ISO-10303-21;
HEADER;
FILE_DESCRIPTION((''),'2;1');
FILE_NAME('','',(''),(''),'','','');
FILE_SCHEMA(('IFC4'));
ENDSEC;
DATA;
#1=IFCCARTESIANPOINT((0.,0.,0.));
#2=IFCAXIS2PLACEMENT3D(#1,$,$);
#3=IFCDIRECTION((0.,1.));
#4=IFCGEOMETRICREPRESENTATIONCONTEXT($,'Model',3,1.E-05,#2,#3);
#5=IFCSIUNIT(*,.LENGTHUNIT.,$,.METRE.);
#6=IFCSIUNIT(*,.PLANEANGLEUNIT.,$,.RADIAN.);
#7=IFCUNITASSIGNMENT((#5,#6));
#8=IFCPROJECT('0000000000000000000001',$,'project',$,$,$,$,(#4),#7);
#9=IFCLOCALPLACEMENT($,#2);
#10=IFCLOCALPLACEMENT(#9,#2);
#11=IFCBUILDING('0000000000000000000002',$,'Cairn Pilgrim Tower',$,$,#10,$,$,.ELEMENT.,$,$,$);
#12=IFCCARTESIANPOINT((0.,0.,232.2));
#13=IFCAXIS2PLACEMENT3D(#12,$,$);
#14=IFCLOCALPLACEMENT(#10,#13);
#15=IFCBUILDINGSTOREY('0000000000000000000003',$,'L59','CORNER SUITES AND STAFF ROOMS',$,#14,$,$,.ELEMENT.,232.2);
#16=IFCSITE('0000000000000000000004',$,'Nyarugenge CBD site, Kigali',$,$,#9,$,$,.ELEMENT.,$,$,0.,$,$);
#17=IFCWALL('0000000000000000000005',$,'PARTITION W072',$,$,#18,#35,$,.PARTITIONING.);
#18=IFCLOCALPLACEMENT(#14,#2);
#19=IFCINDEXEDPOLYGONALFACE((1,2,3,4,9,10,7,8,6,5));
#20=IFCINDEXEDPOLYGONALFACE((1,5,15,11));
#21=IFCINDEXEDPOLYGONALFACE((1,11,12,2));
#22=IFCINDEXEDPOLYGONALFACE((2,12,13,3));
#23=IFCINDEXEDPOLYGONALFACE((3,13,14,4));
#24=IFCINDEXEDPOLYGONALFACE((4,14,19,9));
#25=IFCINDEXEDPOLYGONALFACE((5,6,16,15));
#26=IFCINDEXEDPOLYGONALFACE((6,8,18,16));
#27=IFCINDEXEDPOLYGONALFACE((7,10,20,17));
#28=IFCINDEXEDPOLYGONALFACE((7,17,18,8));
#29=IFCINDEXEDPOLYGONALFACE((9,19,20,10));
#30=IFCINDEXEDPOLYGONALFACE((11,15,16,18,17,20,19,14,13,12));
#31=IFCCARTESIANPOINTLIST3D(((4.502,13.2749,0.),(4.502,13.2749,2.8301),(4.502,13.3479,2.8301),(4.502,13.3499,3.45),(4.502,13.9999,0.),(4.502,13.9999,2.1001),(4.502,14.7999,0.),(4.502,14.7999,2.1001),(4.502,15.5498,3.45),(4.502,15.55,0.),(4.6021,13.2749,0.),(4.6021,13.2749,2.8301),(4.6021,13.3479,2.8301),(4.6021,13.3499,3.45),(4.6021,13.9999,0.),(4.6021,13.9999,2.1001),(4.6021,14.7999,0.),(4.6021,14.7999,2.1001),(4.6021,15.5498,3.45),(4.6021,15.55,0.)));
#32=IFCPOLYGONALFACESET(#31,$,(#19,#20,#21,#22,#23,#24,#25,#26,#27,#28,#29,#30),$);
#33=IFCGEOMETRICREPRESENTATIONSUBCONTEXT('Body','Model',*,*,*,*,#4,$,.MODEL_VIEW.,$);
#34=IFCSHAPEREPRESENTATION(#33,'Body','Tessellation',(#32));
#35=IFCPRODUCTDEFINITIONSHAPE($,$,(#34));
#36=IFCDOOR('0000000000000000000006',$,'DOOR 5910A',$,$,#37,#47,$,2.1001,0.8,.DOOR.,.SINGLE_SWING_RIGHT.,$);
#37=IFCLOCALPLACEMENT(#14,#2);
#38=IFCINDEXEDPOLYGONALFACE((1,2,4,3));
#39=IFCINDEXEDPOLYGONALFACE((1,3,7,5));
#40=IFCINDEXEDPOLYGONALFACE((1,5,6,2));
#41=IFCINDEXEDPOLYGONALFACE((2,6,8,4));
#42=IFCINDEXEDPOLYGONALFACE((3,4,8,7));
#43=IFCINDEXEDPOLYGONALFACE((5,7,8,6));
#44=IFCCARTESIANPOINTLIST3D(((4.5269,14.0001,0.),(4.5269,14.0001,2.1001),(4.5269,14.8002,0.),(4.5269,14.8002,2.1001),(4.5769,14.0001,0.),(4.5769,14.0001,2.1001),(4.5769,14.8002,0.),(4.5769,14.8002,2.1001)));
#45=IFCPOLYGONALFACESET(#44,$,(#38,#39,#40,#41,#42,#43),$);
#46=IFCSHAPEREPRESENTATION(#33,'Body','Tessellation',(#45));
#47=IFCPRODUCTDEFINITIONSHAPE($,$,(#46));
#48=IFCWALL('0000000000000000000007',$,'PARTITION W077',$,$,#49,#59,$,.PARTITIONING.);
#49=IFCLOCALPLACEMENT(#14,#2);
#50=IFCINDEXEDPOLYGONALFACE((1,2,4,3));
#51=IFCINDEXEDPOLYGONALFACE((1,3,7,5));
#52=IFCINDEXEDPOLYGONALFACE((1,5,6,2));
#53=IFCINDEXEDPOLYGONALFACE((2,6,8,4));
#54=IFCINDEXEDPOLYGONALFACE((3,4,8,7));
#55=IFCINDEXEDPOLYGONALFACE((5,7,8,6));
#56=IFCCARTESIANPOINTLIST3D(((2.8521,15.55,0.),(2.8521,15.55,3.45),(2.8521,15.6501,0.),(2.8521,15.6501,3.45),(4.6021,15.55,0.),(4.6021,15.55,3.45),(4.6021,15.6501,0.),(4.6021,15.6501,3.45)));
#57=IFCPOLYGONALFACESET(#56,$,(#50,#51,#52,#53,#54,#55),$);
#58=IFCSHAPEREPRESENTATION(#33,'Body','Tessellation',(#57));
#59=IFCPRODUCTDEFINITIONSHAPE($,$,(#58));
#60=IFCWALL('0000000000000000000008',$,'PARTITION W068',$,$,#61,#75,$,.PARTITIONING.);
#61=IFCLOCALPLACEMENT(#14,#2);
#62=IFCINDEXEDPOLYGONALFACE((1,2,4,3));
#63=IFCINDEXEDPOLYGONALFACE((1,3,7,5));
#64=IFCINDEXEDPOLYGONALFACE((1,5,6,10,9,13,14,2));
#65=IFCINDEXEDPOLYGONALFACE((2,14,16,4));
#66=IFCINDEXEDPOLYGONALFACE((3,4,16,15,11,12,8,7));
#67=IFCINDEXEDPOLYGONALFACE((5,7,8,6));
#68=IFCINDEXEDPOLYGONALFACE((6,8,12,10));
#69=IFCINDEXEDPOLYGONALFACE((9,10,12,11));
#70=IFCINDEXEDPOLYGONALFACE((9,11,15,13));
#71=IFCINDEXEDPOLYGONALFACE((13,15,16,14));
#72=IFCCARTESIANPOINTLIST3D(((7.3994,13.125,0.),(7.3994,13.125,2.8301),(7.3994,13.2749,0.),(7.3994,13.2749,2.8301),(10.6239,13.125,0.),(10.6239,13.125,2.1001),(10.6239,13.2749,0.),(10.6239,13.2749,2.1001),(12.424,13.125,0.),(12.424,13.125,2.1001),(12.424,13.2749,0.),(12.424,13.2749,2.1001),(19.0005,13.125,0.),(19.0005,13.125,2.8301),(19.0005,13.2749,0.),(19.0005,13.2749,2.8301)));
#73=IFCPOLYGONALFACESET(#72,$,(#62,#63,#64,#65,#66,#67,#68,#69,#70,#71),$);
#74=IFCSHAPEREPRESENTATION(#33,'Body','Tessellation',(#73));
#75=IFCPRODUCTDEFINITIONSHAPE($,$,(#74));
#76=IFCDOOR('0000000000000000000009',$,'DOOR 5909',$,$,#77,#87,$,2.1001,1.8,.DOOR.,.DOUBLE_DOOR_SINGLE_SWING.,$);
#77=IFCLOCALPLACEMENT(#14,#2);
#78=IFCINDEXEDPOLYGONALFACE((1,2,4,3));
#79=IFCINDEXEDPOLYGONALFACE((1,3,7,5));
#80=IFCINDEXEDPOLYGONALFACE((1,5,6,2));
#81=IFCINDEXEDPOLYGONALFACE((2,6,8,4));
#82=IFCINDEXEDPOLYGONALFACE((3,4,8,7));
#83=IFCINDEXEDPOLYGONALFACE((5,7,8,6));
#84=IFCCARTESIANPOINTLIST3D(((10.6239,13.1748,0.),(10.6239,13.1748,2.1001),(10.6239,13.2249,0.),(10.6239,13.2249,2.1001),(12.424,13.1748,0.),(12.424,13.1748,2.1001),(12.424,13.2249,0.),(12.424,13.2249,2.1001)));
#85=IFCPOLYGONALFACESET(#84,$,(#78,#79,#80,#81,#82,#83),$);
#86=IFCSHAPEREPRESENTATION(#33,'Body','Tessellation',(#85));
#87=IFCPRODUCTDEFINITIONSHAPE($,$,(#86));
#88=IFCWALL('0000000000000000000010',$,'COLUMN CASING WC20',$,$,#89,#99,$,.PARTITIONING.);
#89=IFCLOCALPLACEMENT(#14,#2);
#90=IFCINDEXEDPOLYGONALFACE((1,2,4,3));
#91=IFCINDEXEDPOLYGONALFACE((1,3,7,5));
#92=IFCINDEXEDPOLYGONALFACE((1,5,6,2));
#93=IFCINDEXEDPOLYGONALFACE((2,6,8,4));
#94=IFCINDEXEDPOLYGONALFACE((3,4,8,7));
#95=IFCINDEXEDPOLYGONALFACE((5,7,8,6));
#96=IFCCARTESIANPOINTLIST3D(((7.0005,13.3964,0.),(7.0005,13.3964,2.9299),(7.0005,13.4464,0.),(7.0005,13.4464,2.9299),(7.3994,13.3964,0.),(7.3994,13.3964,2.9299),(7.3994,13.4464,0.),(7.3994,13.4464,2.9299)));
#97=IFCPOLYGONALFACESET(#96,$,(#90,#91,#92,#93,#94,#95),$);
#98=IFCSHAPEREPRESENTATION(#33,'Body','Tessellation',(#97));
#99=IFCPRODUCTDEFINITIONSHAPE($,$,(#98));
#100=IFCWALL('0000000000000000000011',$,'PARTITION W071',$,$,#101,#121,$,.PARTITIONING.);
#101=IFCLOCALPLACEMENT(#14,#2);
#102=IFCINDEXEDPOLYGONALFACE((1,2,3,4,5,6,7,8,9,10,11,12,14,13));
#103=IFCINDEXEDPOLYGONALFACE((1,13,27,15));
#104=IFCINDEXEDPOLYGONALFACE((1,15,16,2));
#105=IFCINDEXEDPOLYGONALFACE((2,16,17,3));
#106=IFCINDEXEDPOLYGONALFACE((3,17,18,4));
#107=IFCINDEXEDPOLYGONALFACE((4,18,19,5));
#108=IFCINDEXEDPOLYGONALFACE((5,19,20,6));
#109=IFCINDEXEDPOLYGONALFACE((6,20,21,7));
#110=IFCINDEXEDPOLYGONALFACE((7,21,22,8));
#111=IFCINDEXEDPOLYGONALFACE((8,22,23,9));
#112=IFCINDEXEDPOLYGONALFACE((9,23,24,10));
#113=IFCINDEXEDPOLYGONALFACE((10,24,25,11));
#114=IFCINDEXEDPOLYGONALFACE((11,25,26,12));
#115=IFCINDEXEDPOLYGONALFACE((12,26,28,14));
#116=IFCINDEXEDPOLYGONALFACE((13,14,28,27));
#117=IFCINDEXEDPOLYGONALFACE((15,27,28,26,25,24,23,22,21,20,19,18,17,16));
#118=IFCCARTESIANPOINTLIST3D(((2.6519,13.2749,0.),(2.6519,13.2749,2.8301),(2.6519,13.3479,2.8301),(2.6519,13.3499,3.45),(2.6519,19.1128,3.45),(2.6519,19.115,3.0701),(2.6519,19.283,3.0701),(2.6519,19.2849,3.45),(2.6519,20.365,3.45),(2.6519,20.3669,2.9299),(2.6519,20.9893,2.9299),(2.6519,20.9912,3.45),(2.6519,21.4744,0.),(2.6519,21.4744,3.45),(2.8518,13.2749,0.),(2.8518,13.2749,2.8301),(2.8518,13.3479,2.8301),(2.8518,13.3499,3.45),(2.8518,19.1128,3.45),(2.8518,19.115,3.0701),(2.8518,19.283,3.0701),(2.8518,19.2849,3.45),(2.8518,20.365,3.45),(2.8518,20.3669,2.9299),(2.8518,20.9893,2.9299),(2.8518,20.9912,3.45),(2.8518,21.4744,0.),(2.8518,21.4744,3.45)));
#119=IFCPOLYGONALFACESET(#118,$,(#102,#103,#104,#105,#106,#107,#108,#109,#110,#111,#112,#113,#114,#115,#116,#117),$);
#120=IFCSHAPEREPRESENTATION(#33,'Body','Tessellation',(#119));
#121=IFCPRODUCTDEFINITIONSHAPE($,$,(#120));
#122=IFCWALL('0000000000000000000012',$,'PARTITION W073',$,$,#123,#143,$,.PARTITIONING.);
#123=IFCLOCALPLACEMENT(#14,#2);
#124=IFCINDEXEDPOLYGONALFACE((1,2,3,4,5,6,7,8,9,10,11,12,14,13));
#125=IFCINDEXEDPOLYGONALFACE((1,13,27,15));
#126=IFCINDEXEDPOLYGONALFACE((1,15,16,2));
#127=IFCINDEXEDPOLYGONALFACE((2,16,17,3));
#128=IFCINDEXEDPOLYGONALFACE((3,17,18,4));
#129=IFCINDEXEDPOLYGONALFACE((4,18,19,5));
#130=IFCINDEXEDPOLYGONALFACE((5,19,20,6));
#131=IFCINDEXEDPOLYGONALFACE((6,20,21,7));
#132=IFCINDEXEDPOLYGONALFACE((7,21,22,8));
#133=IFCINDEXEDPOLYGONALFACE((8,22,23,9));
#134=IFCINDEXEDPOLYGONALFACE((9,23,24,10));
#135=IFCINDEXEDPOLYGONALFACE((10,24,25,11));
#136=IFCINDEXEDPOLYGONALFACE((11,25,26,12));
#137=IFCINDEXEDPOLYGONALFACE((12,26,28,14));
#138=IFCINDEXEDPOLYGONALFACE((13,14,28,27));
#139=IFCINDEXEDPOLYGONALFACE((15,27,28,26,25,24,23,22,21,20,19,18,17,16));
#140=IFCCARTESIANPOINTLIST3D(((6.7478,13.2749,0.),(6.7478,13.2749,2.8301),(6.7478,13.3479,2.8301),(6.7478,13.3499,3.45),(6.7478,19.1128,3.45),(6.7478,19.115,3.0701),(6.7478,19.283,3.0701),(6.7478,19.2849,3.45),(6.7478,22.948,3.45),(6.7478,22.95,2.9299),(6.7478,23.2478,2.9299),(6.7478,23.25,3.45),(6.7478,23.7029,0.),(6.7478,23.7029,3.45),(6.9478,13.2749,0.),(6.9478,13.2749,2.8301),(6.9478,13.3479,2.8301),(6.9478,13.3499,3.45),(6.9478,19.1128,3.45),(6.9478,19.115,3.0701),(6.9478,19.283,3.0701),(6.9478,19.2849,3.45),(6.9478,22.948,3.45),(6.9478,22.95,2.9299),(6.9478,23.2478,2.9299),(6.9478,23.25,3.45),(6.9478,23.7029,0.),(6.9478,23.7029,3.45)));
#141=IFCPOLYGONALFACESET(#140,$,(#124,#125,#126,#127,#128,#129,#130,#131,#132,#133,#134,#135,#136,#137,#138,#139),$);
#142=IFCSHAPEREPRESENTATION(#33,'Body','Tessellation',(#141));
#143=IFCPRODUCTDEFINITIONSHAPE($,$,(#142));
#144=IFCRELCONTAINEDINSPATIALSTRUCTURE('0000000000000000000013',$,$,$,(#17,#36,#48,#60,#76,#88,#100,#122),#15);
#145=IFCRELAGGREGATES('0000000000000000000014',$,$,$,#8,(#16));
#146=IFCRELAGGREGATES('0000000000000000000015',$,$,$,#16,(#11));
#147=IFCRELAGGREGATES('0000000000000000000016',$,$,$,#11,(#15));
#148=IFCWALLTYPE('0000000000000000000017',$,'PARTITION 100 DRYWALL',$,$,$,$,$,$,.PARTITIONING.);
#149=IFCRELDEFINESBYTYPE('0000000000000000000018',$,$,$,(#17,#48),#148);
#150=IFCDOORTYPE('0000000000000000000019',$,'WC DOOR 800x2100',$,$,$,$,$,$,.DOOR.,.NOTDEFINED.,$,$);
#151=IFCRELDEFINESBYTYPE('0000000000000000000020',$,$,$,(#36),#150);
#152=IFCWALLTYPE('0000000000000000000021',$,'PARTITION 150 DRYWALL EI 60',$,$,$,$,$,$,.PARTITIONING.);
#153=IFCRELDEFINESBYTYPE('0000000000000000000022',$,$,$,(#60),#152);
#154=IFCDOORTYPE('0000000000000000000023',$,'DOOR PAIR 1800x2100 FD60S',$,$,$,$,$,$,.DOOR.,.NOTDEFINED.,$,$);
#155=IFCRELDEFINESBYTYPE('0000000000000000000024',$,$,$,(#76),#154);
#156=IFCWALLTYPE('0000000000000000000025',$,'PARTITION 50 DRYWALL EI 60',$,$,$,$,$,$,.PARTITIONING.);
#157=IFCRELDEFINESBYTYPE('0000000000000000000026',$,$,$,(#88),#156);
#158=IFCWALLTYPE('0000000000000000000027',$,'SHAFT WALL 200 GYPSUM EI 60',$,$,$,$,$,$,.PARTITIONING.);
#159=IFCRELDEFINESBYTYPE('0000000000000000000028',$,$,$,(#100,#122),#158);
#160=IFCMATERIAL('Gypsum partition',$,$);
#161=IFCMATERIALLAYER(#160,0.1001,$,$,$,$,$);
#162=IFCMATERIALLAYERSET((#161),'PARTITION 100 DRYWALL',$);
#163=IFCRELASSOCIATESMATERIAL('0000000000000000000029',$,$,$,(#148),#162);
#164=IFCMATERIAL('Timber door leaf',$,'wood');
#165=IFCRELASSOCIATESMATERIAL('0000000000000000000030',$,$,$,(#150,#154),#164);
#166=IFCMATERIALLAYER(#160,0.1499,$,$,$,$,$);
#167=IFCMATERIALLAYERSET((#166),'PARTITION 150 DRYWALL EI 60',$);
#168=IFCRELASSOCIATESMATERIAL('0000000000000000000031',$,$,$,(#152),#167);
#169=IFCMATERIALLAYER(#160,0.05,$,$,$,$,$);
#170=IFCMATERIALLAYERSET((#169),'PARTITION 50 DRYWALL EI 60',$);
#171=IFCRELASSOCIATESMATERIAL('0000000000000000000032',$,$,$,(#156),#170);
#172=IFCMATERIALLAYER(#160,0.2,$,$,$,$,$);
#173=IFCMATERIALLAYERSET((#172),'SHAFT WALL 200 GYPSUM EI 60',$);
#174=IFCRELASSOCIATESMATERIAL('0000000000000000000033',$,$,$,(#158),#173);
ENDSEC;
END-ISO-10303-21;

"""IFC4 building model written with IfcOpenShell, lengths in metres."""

from ifc_helpers import new_model, si_unit, direction, frame, frame_2d, origin, place, context, subcontext, project, spatial, polyline, rectangle, outline, extrude, material, layer, layer_set, type_object, element, fill, save


model = new_model("IFC4")

# Units and contexts
model_context = context("Model", 3, precision=1e-05, world=origin(), true_north=direction((0.0, 1.0)))
body_context = subcontext(model_context, "Body", "Model", "MODEL_VIEW")
ifc_project = project(units=[si_unit("LENGTHUNIT", "METRE"), si_unit("PLANEANGLEUNIT", "RADIAN")], contexts=[model_context])

# Site, building, storey
site_placement = place(None, origin())
site = spatial("IfcSite", under=ifc_project, at=site_placement, Name="Nyarugenge CBD site, Kigali", CompositionType="ELEMENT", RefElevation=0.0)
building_placement = place(site_placement, origin())
building = spatial("IfcBuilding", under=site, at=building_placement, Name="Cairn Pilgrim Tower", CompositionType="ELEMENT")
storey_placement = place(building_placement, frame((0.0, 0.0, 232.2)))
storey = spatial("IfcBuildingStorey", under=building, at=storey_placement, Name="L59", Description="CORNER SUITES AND STAFF ROOMS", CompositionType="ELEMENT", Elevation=232.2)

# Wall, opening, door
ifc_material_1 = material(Name="Gypsum partition")
ifc_layer_1 = layer(ifc_material_1, 0.1001)
ifc_layer_set_1 = layer_set([ifc_layer_1], Name="PARTITION 100 DRYWALL")
wall_type_1 = type_object("IfcWallType", Name="PARTITION 100 DRYWALL", PredefinedType="PARTITIONING", material=ifc_layer_set_1)
wall_1_placement = place(storey_placement, frame((4.552, 13.2749, 0.0), z_axis=(0.0, 0.0, 1.0), x_axis=(0.0, 1.0, 0.0)))
wall_1 = element("IfcWall", 1, at=wall_1_placement, inside=storey, type_object=wall_type_1, Name="PARTITION W072", PredefinedType="PARTITIONING", context=body_context, shape_type="SweptSolid", body=[
    extrude(outline(polyline([(0.0, 0.0), (2.2751, 0.0), (2.2749, 3.45), (0.075, 3.45), (0.073, 2.8301), (0.0, 2.8301), (0.0, 0.0)])), frame((0.0, 0.05, 0.0), z_axis=(0.0, -1.0, 0.0), x_axis=(1.0, 0.0, 0.0)), (0.0, 0.0, 1.0), 0.1001),
])
opening_1_placement = place(wall_1_placement, frame((0.7251, 0.0, 0.0)))
opening_1 = element("IfcOpeningElement", 2, at=opening_1_placement, cuts=wall_1, PredefinedType="OPENING", context=body_context, shape_type="SweptSolid", body=[
    extrude(rectangle(XDim=0.8, YDim=2.1001, at=frame_2d((0.3999, 1.05))), frame((0.0, 0.0601, 0.0), z_axis=(0.0, -1.0, 0.0), x_axis=(1.0, 0.0, 0.0)), (0.0, 0.0, 1.0), 0.1201),
])
ifc_material_2 = material(Name="Timber door leaf", Category="wood")
door_type_1 = type_object("IfcDoorType", Name="WC DOOR 800x2100", OperationType="NOTDEFINED", PredefinedType="DOOR", material=ifc_material_2)
door_1_placement = place(opening_1_placement, frame((0.8, 0.0, 0.0), z_axis=(0.0, 0.0, 1.0), x_axis=(-1.0, 0.0, 0.0)))
door_1 = element("IfcDoor", 3, at=door_1_placement, inside=storey, type_object=door_type_1, Name="DOOR 5910A", OperationType="SINGLE_SWING_RIGHT", OverallHeight=2.1001, OverallWidth=0.8, PredefinedType="DOOR", context=body_context, shape_type="SweptSolid", body=[
    extrude(rectangle(XDim=0.8, YDim=2.1001, at=frame_2d((0.3999, 1.05))), frame((0.0, 0.0249, 0.0), z_axis=(0.0, -1.0, 0.0), x_axis=(1.0, 0.0, 0.0)), (0.0, 0.0, 1.0), 0.05),
])
fill(opening_1, door_1)

# Wall
wall_2_placement = place(storey_placement, frame((2.8521, 15.6001, 0.0), z_axis=(0.0, 0.0, 1.0), x_axis=(1.0, 0.0, 0.0)))
element("IfcWall", 4, at=wall_2_placement, inside=storey, type_object=wall_type_1, Name="PARTITION W077", PredefinedType="PARTITIONING", context=body_context, shape_type="SweptSolid", body=[
    extrude(rectangle(XDim=1.75, YDim=0.1001, at=frame_2d((0.875, 0.0))), origin(), (0.0, 0.0, 1.0), 3.45),
])

# Wall, opening, door
ifc_layer_2 = layer(ifc_material_1, 0.1499)
ifc_layer_set_2 = layer_set([ifc_layer_2], Name="PARTITION 150 DRYWALL EI 60")
wall_type_2 = type_object("IfcWallType", Name="PARTITION 150 DRYWALL EI 60", PredefinedType="PARTITIONING", material=ifc_layer_set_2)
wall_3_placement = place(storey_placement, frame((7.3994, 13.2, 0.0), z_axis=(0.0, 0.0, 1.0), x_axis=(1.0, 0.0, 0.0)))
wall_3 = element("IfcWall", 5, at=wall_3_placement, inside=storey, type_object=wall_type_2, Name="PARTITION W068", PredefinedType="PARTITIONING", context=body_context, shape_type="SweptSolid", body=[
    extrude(rectangle(XDim=11.6011, YDim=0.1499, at=frame_2d((5.8005, 0.0))), origin(), (0.0, 0.0, 1.0), 2.8301),
])
opening_2_placement = place(wall_3_placement, frame((3.2246, 0.0, 0.0)))
opening_2 = element("IfcOpeningElement", 6, at=opening_2_placement, cuts=wall_3, PredefinedType="OPENING", context=body_context, shape_type="SweptSolid", body=[
    extrude(rectangle(XDim=1.8, YDim=2.1001, at=frame_2d((0.8999, 1.05))), frame((0.0, 0.085, 0.0), z_axis=(0.0, -1.0, 0.0), x_axis=(1.0, 0.0, 0.0)), (0.0, 0.0, 1.0), 0.1699),
])
door_type_2 = type_object("IfcDoorType", Name="DOOR PAIR 1800x2100 FD60S", OperationType="NOTDEFINED", PredefinedType="DOOR", material=ifc_material_2)
door_2_placement = place(opening_2_placement, origin())
door_2 = element("IfcDoor", 7, at=door_2_placement, inside=storey, type_object=door_type_2, Name="DOOR 5909", OperationType="DOUBLE_DOOR_SINGLE_SWING", OverallHeight=2.1001, OverallWidth=1.8, PredefinedType="DOOR", context=body_context, shape_type="SweptSolid", body=[
    extrude(rectangle(XDim=1.8, YDim=2.1001, at=frame_2d((0.8999, 1.05))), frame((0.0, 0.0249, 0.0), z_axis=(0.0, -1.0, 0.0), x_axis=(1.0, 0.0, 0.0)), (0.0, 0.0, 1.0), 0.05),
])
fill(opening_2, door_2)

# Walls
ifc_layer_3 = layer(ifc_material_1, 0.05)
ifc_layer_set_3 = layer_set([ifc_layer_3], Name="PARTITION 50 DRYWALL EI 60")
wall_type_3 = type_object("IfcWallType", Name="PARTITION 50 DRYWALL EI 60", PredefinedType="PARTITIONING", material=ifc_layer_set_3)
wall_4_placement = place(storey_placement, frame((7.0005, 13.4214, 0.0), z_axis=(0.0, 0.0, 1.0), x_axis=(1.0, 0.0, 0.0)))
element("IfcWall", 8, at=wall_4_placement, inside=storey, type_object=wall_type_3, Name="COLUMN CASING WC20", PredefinedType="PARTITIONING", context=body_context, shape_type="SweptSolid", body=[
    extrude(rectangle(XDim=0.3989, YDim=0.05, at=frame_2d((0.1995, 0.0))), origin(), (0.0, 0.0, 1.0), 2.9299),
])
ifc_layer_4 = layer(ifc_material_1, 0.2)
ifc_layer_set_4 = layer_set([ifc_layer_4], Name="SHAFT WALL 200 GYPSUM EI 60")
wall_type_4 = type_object("IfcWallType", Name="SHAFT WALL 200 GYPSUM EI 60", PredefinedType="PARTITIONING", material=ifc_layer_set_4)
wall_5_placement = place(storey_placement, frame((2.752, 13.2749, 0.0), z_axis=(0.0, 0.0, 1.0), x_axis=(0.0, 1.0, 0.0)))
element("IfcWall", 9, at=wall_5_placement, inside=storey, type_object=wall_type_4, Name="PARTITION W071", PredefinedType="PARTITIONING", context=body_context, shape_type="SweptSolid", body=[
    extrude(outline(polyline([(0.0, 0.0), (8.1995, 0.0), (8.1995, 3.45), (7.7163, 3.45), (7.7144, 2.9299), (7.092, 2.9299), (7.0901, 3.45), (6.01, 3.45), (6.0081, 3.0701), (5.8401, 3.0701), (5.8379, 3.45), (0.075, 3.45), (0.073, 2.8301), (0.0, 2.8301), (0.0, 0.0)])), frame((0.0, 0.1001, 0.0), z_axis=(0.0, -1.0, 0.0), x_axis=(1.0, 0.0, 0.0)), (0.0, 0.0, 1.0), 0.2),
])
wall_6_placement = place(storey_placement, frame((6.8479, 13.2749, 0.0), z_axis=(0.0, 0.0, 1.0), x_axis=(0.0, 1.0, 0.0)))
element("IfcWall", 10, at=wall_6_placement, inside=storey, type_object=wall_type_4, Name="PARTITION W073", PredefinedType="PARTITIONING", context=body_context, shape_type="SweptSolid", body=[
    extrude(outline(polyline([(0.0, 0.0), (10.428, 0.0), (10.428, 3.45), (9.9751, 3.45), (9.9729, 2.9299), (9.675, 2.9299), (9.6731, 3.45), (6.01, 3.45), (6.0081, 3.0701), (5.8401, 3.0701), (5.8379, 3.45), (0.075, 3.45), (0.073, 2.8301), (0.0, 2.8301), (0.0, 0.0)])), frame((0.0, 0.1001, 0.0), z_axis=(0.0, -1.0, 0.0), x_axis=(1.0, 0.0, 0.0)), (0.0, 0.0, 1.0), 0.2),
])

save(model, "model.ifc")
